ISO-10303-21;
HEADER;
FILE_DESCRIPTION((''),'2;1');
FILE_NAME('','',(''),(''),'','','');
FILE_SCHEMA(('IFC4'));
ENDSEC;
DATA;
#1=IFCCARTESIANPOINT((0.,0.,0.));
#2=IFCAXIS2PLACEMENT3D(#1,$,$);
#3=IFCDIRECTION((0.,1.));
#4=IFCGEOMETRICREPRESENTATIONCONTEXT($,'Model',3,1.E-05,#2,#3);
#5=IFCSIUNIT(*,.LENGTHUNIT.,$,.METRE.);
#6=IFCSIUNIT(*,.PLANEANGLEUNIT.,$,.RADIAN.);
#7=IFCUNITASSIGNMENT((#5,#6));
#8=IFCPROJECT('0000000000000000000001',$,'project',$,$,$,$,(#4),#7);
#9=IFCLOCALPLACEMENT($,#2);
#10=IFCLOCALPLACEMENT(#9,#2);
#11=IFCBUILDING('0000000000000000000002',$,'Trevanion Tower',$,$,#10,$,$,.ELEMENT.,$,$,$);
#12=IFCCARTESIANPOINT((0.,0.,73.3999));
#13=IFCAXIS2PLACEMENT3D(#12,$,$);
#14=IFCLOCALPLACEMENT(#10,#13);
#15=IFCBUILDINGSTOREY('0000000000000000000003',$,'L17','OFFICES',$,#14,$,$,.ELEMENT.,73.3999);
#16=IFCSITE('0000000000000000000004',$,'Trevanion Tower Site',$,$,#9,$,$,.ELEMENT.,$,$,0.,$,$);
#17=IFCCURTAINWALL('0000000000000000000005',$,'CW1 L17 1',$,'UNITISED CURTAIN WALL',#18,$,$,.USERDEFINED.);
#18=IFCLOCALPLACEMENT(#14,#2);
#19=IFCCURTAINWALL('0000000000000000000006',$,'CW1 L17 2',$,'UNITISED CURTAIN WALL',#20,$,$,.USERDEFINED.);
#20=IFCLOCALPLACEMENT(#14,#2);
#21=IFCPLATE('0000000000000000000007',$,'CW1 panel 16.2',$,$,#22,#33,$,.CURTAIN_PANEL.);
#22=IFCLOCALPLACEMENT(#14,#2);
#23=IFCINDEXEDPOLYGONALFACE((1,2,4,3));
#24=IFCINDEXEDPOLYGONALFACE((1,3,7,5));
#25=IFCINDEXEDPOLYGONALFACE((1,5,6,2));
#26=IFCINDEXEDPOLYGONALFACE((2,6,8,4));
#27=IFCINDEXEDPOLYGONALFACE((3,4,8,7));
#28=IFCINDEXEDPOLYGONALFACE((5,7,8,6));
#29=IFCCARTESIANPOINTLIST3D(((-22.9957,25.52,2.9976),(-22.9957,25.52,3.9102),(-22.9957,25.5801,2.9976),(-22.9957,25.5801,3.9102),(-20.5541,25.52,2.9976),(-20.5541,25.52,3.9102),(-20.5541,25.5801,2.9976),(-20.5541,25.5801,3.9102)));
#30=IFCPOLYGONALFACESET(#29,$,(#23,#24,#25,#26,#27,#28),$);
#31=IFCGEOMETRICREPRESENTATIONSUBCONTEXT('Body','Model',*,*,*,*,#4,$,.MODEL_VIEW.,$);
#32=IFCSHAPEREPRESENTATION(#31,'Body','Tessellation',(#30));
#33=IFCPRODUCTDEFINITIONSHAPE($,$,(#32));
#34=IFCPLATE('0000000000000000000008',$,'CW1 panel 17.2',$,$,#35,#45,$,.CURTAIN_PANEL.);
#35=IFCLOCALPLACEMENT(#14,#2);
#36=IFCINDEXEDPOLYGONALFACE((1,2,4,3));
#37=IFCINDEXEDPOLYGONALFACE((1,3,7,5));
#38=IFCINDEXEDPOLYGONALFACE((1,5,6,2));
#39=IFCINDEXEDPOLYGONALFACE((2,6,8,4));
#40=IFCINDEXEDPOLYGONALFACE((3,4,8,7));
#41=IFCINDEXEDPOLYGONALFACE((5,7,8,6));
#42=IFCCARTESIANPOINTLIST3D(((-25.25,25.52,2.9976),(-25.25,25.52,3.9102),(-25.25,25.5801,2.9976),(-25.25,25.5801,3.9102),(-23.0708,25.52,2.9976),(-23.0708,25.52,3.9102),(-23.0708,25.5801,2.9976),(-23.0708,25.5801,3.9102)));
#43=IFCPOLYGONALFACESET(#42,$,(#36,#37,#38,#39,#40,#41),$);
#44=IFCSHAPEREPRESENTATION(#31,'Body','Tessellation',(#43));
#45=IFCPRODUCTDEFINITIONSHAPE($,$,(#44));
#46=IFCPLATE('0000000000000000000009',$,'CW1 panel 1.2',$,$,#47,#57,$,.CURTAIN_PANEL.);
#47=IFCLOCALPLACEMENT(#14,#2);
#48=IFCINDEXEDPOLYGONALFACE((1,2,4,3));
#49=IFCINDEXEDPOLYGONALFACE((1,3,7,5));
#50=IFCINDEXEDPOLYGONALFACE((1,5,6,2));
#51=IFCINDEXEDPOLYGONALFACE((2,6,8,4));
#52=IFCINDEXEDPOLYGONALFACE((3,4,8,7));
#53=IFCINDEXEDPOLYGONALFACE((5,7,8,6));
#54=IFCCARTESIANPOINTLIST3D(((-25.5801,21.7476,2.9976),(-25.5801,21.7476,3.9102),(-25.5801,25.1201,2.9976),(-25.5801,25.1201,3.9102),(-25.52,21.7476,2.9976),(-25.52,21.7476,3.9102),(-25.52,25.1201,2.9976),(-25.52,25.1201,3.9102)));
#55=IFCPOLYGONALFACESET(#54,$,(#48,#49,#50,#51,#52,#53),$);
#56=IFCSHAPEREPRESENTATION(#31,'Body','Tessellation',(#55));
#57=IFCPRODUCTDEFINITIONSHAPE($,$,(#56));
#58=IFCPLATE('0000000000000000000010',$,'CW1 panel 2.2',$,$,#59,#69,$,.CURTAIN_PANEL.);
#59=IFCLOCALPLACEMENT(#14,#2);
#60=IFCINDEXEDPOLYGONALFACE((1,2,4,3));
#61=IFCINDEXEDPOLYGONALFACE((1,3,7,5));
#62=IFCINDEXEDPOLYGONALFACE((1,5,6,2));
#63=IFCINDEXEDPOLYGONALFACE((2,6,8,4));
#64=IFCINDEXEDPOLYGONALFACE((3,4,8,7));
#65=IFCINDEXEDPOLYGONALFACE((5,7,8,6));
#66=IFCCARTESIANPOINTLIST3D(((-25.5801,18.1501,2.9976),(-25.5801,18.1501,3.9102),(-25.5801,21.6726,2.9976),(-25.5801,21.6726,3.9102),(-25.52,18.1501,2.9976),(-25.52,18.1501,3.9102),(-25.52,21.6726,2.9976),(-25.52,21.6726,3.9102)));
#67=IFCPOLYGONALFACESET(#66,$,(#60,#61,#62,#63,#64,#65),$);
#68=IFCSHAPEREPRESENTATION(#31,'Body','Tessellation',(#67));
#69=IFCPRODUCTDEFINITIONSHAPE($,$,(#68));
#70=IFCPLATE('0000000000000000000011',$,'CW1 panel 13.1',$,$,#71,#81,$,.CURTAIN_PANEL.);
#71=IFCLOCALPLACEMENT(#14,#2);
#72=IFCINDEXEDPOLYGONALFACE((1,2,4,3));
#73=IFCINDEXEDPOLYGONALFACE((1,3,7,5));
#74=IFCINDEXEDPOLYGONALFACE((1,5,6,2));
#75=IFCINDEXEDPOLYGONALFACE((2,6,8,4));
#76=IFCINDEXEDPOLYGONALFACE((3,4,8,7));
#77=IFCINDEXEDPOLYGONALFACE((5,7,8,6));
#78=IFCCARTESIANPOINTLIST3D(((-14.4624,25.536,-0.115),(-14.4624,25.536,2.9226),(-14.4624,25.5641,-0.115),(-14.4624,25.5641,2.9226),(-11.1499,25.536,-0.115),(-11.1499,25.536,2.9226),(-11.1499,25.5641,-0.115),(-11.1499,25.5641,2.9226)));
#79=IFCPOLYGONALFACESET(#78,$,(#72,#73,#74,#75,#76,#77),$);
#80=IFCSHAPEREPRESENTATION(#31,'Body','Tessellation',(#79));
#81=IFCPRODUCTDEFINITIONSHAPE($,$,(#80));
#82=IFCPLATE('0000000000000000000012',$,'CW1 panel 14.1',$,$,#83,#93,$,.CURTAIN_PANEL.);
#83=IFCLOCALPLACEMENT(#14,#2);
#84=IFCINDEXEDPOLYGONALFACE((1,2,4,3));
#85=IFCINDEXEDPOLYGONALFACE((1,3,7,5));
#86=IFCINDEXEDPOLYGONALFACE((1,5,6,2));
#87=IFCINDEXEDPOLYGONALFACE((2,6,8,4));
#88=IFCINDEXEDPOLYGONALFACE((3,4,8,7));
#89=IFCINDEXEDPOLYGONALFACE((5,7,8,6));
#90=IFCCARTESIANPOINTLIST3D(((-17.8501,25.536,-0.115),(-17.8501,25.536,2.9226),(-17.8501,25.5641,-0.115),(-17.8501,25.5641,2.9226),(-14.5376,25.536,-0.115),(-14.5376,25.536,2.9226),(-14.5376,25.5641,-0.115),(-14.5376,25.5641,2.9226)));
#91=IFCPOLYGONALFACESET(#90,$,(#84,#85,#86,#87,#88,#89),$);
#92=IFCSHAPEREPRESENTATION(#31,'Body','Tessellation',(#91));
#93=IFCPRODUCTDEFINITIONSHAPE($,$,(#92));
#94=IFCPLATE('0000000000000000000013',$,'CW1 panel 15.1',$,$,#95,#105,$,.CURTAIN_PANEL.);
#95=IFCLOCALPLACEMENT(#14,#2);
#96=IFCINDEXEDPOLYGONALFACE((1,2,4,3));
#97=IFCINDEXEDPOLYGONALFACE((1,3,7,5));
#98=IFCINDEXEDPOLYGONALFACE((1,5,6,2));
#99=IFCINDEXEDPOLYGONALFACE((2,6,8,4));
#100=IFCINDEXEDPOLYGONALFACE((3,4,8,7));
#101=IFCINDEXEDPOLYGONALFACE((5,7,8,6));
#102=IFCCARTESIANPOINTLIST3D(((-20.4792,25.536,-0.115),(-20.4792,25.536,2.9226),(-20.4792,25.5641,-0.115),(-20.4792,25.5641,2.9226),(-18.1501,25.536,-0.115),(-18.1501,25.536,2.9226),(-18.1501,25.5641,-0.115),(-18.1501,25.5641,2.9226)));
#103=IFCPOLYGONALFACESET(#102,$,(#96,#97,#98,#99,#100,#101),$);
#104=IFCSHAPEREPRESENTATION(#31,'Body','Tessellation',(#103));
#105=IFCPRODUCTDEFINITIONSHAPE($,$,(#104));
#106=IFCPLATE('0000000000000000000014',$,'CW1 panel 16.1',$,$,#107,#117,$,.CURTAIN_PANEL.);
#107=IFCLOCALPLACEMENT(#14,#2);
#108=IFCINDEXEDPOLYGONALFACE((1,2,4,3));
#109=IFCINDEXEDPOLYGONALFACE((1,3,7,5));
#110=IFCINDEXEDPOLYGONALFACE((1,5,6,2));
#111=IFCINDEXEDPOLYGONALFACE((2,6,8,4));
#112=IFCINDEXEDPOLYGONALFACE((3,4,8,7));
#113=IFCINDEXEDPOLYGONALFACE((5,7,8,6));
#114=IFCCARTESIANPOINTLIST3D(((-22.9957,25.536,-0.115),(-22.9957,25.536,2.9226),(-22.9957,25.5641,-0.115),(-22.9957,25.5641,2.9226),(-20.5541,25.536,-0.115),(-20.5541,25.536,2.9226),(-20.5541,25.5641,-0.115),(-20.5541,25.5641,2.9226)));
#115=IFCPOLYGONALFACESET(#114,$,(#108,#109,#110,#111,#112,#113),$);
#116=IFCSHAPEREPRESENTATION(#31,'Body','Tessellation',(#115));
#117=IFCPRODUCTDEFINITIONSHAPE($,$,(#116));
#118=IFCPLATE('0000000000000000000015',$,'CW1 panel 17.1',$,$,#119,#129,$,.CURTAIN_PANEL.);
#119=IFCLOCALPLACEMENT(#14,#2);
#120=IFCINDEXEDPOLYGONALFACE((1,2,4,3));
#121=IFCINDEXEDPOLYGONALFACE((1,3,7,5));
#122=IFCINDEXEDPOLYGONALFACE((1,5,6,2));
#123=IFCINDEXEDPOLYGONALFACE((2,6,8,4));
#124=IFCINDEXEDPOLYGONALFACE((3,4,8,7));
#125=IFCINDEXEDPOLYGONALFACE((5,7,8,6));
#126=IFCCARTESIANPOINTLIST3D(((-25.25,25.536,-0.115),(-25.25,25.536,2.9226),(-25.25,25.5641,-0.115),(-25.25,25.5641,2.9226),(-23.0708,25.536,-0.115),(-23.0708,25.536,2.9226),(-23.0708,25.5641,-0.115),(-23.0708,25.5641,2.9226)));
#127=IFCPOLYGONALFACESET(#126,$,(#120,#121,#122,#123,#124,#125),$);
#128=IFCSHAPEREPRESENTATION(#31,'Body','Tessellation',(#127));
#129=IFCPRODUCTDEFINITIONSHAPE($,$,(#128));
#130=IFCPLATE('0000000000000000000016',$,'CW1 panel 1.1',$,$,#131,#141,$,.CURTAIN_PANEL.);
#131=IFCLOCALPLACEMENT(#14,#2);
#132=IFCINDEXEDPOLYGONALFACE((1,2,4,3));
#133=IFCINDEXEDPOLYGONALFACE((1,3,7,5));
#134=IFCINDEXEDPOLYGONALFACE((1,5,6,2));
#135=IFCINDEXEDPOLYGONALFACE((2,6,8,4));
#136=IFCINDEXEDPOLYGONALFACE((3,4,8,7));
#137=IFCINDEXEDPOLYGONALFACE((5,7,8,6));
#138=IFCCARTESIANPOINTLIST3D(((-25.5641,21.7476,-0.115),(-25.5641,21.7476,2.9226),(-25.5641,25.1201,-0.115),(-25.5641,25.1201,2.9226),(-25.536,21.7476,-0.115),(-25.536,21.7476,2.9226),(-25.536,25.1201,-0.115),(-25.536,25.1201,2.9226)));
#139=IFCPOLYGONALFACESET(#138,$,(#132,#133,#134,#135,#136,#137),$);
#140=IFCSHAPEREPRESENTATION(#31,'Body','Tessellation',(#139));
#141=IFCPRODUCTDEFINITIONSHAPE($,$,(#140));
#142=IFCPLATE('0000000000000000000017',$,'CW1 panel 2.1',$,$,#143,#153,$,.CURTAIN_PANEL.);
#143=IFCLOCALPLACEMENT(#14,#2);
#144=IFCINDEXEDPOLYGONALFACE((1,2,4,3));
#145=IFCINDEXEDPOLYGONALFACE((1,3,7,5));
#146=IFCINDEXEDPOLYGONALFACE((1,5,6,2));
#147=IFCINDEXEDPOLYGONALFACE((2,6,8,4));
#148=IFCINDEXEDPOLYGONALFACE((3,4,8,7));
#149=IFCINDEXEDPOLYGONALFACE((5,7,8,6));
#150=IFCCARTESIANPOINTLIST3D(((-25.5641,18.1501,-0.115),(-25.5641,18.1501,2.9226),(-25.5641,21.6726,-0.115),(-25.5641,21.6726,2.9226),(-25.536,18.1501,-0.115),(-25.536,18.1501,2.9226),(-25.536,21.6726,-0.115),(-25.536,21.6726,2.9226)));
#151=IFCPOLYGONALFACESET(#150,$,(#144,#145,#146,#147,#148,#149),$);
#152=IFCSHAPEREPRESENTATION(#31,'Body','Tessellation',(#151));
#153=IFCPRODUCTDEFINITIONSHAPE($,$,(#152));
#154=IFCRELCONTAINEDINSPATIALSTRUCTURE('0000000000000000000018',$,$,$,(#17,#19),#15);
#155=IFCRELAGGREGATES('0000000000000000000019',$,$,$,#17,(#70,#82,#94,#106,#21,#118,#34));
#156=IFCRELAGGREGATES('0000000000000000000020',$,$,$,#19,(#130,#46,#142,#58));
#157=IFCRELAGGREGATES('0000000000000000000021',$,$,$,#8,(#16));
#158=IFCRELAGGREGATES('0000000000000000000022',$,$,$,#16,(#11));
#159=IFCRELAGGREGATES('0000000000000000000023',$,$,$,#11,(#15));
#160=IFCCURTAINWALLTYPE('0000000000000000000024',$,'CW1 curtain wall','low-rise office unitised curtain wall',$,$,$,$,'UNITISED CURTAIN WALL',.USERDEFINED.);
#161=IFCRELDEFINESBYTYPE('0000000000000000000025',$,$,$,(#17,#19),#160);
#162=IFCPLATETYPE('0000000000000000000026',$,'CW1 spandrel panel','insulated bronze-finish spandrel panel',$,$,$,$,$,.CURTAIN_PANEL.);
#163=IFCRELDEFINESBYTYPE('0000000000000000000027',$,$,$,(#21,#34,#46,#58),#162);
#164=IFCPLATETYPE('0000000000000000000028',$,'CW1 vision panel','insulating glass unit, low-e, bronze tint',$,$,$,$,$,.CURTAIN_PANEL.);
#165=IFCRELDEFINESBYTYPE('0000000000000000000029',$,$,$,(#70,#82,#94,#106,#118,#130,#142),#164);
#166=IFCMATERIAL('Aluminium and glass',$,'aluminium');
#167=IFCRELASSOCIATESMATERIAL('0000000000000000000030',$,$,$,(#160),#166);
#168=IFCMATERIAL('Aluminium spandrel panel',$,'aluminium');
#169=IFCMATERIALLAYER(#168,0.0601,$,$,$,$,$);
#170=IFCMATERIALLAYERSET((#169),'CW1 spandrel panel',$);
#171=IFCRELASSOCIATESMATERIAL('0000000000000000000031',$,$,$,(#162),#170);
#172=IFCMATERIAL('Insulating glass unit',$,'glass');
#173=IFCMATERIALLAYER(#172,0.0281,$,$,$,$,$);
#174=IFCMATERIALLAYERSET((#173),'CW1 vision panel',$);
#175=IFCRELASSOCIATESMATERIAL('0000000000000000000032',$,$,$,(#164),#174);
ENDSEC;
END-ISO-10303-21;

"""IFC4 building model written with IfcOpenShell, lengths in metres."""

from ifc_helpers import new_model, si_unit, direction, frame, origin, origin_2d, place, context, subcontext, project, spatial, rectangle, extrude, material, layer, layer_set, type_object, element, aggregate, save


model = new_model("IFC4")

# Units and contexts
model_context = context("Model", 3, precision=1e-05, world=origin(), true_north=direction((0.0, 1.0)))
body_context = subcontext(model_context, "Body", "Model", "MODEL_VIEW")
ifc_project = project(units=[si_unit("LENGTHUNIT", "METRE"), si_unit("PLANEANGLEUNIT", "RADIAN")], contexts=[model_context])

# Site, building, storey
site_placement = place(None, origin())
site = spatial("IfcSite", under=ifc_project, at=site_placement, Name="Trevanion Tower Site", CompositionType="ELEMENT", RefElevation=0.0)
building_placement = place(site_placement, origin())
building = spatial("IfcBuilding", under=site, at=building_placement, Name="Trevanion Tower", CompositionType="ELEMENT")
storey_placement = place(building_placement, frame((0.0, 0.0, 73.3999)))
storey = spatial("IfcBuildingStorey", under=building, at=storey_placement, Name="L17", Description="OFFICES", CompositionType="ELEMENT", Elevation=73.3999)

# Curtain wall
ifc_material_1 = material(Name="Aluminium and glass", Category="aluminium")
curtain_wall_type = type_object("IfcCurtainWallType", Name="CW1 curtain wall", Description="low-rise office unitised curtain wall", ElementType="UNITISED CURTAIN WALL", PredefinedType="USERDEFINED", material=ifc_material_1)
curtain_wall_1_placement = place(storey_placement, origin())
curtain_wall_1 = element("IfcCurtainWall", 1, at=curtain_wall_1_placement, inside=storey, type_object=curtain_wall_type, Name="CW1 L17 1", ObjectType="UNITISED CURTAIN WALL", PredefinedType="USERDEFINED")

# Curtain wall
curtain_wall_2_placement = place(storey_placement, origin())
curtain_wall_2 = element("IfcCurtainWall", 2, at=curtain_wall_2_placement, inside=storey, type_object=curtain_wall_type, Name="CW1 L17 2", ObjectType="UNITISED CURTAIN WALL", PredefinedType="USERDEFINED")

# Plates
ifc_material_2 = material(Name="Aluminium spandrel panel", Category="aluminium")
ifc_layer_1 = layer(ifc_material_2, 0.0601)
ifc_layer_set_1 = layer_set([ifc_layer_1], Name="CW1 spandrel panel")
plate_type_1 = type_object("IfcPlateType", Name="CW1 spandrel panel", Description="insulated bronze-finish spandrel panel", PredefinedType="CURTAIN_PANEL", material=ifc_layer_set_1)
plate_1_placement = place(storey_placement, frame((-21.7749, 25.55, 2.9976), z_axis=(0.0, 0.0, 1.0), x_axis=(-1.0, 0.0, 0.0)))
plate_1 = element("IfcPlate", 3, at=plate_1_placement, type_object=plate_type_1, Name="CW1 panel 16.2", PredefinedType="CURTAIN_PANEL", context=body_context, shape_type="SweptSolid", body=[
    extrude(rectangle(XDim=2.4417, YDim=0.0601, at=origin_2d()), origin(), (0.0, 0.0, 1.0), 0.9126),
])
plate_2_placement = place(storey_placement, frame((-24.1604, 25.55, 2.9976), z_axis=(0.0, 0.0, 1.0), x_axis=(-1.0, 0.0, 0.0)))
plate_2 = element("IfcPlate", 4, at=plate_2_placement, type_object=plate_type_1, Name="CW1 panel 17.2", PredefinedType="CURTAIN_PANEL", context=body_context, shape_type="SweptSolid", body=[
    extrude(rectangle(XDim=2.1792, YDim=0.0601, at=origin_2d()), origin(), (0.0, 0.0, 1.0), 0.9126),
])
plate_3_placement = place(storey_placement, frame((-25.55, 23.4338, 2.9976), z_axis=(0.0, 0.0, 1.0), x_axis=(0.0, -1.0, 0.0)))
plate_3 = element("IfcPlate", 5, at=plate_3_placement, type_object=plate_type_1, Name="CW1 panel 1.2", PredefinedType="CURTAIN_PANEL", context=body_context, shape_type="SweptSolid", body=[
    extrude(rectangle(XDim=3.3726, YDim=0.0601, at=origin_2d()), origin(), (0.0, 0.0, 1.0), 0.9126),
])
plate_4_placement = place(storey_placement, frame((-25.55, 19.9114, 2.9976), z_axis=(0.0, 0.0, 1.0), x_axis=(0.0, -1.0, 0.0)))
plate_4 = element("IfcPlate", 6, at=plate_4_placement, type_object=plate_type_1, Name="CW1 panel 2.2", PredefinedType="CURTAIN_PANEL", context=body_context, shape_type="SweptSolid", body=[
    extrude(rectangle(XDim=3.5225, YDim=0.0601, at=origin_2d()), origin(), (0.0, 0.0, 1.0), 0.9126),
])
ifc_material_3 = material(Name="Insulating glass unit", Category="glass")
ifc_layer_2 = layer(ifc_material_3, 0.0281)
ifc_layer_set_2 = layer_set([ifc_layer_2], Name="CW1 vision panel")
plate_type_2 = type_object("IfcPlateType", Name="CW1 vision panel", Description="insulating glass unit, low-e, bronze tint", PredefinedType="CURTAIN_PANEL", material=ifc_layer_set_2)
plate_5_placement = place(storey_placement, frame((-12.8062, 25.55, -0.115), z_axis=(0.0, 0.0, 1.0), x_axis=(-1.0, 0.0, 0.0)))
plate_5 = element("IfcPlate", 7, at=plate_5_placement, type_object=plate_type_2, Name="CW1 panel 13.1", PredefinedType="CURTAIN_PANEL", context=body_context, shape_type="SweptSolid", body=[
    extrude(rectangle(XDim=3.3125, YDim=0.0281, at=origin_2d()), origin(), (0.0, 0.0, 1.0), 3.0376),
])
plate_6_placement = place(storey_placement, frame((-16.1938, 25.55, -0.115), z_axis=(0.0, 0.0, 1.0), x_axis=(-1.0, 0.0, 0.0)))
plate_6 = element("IfcPlate", 8, at=plate_6_placement, type_object=plate_type_2, Name="CW1 panel 14.1", PredefinedType="CURTAIN_PANEL", context=body_context, shape_type="SweptSolid", body=[
    extrude(rectangle(XDim=3.3125, YDim=0.0281, at=origin_2d()), origin(), (0.0, 0.0, 1.0), 3.0376),
])
plate_7_placement = place(storey_placement, frame((-19.3147, 25.55, -0.115), z_axis=(0.0, 0.0, 1.0), x_axis=(-1.0, 0.0, 0.0)))
plate_7 = element("IfcPlate", 9, at=plate_7_placement, type_object=plate_type_2, Name="CW1 panel 15.1", PredefinedType="CURTAIN_PANEL", context=body_context, shape_type="SweptSolid", body=[
    extrude(rectangle(XDim=2.3291, YDim=0.0281, at=origin_2d()), origin(), (0.0, 0.0, 1.0), 3.0376),
])
plate_8_placement = place(storey_placement, frame((-21.7749, 25.55, -0.115), z_axis=(0.0, 0.0, 1.0), x_axis=(-1.0, 0.0, 0.0)))
plate_8 = element("IfcPlate", 10, at=plate_8_placement, type_object=plate_type_2, Name="CW1 panel 16.1", PredefinedType="CURTAIN_PANEL", context=body_context, shape_type="SweptSolid", body=[
    extrude(rectangle(XDim=2.4417, YDim=0.0281, at=origin_2d()), origin(), (0.0, 0.0, 1.0), 3.0376),
])
plate_9_placement = place(storey_placement, frame((-24.1604, 25.55, -0.115), z_axis=(0.0, 0.0, 1.0), x_axis=(-1.0, 0.0, 0.0)))
plate_9 = element("IfcPlate", 11, at=plate_9_placement, type_object=plate_type_2, Name="CW1 panel 17.1", PredefinedType="CURTAIN_PANEL", context=body_context, shape_type="SweptSolid", body=[
    extrude(rectangle(XDim=2.1792, YDim=0.0281, at=origin_2d()), origin(), (0.0, 0.0, 1.0), 3.0376),
])
aggregate(curtain_wall_1, [plate_5, plate_6, plate_7, plate_8, plate_1, plate_9, plate_2])
plate_10_placement = place(storey_placement, frame((-25.55, 23.4338, -0.115), z_axis=(0.0, 0.0, 1.0), x_axis=(0.0, -1.0, 0.0)))
plate_10 = element("IfcPlate", 12, at=plate_10_placement, type_object=plate_type_2, Name="CW1 panel 1.1", PredefinedType="CURTAIN_PANEL", context=body_context, shape_type="SweptSolid", body=[
    extrude(rectangle(XDim=3.3726, YDim=0.0281, at=origin_2d()), origin(), (0.0, 0.0, 1.0), 3.0376),
])
plate_11_placement = place(storey_placement, frame((-25.55, 19.9114, -0.115), z_axis=(0.0, 0.0, 1.0), x_axis=(0.0, -1.0, 0.0)))
plate_11 = element("IfcPlate", 13, at=plate_11_placement, type_object=plate_type_2, Name="CW1 panel 2.1", PredefinedType="CURTAIN_PANEL", context=body_context, shape_type="SweptSolid", body=[
    extrude(rectangle(XDim=3.5225, YDim=0.0281, at=origin_2d()), origin(), (0.0, 0.0, 1.0), 3.0376),
])
aggregate(curtain_wall_2, [plate_10, plate_3, plate_11, plate_4])

save(model, "model.ifc")
